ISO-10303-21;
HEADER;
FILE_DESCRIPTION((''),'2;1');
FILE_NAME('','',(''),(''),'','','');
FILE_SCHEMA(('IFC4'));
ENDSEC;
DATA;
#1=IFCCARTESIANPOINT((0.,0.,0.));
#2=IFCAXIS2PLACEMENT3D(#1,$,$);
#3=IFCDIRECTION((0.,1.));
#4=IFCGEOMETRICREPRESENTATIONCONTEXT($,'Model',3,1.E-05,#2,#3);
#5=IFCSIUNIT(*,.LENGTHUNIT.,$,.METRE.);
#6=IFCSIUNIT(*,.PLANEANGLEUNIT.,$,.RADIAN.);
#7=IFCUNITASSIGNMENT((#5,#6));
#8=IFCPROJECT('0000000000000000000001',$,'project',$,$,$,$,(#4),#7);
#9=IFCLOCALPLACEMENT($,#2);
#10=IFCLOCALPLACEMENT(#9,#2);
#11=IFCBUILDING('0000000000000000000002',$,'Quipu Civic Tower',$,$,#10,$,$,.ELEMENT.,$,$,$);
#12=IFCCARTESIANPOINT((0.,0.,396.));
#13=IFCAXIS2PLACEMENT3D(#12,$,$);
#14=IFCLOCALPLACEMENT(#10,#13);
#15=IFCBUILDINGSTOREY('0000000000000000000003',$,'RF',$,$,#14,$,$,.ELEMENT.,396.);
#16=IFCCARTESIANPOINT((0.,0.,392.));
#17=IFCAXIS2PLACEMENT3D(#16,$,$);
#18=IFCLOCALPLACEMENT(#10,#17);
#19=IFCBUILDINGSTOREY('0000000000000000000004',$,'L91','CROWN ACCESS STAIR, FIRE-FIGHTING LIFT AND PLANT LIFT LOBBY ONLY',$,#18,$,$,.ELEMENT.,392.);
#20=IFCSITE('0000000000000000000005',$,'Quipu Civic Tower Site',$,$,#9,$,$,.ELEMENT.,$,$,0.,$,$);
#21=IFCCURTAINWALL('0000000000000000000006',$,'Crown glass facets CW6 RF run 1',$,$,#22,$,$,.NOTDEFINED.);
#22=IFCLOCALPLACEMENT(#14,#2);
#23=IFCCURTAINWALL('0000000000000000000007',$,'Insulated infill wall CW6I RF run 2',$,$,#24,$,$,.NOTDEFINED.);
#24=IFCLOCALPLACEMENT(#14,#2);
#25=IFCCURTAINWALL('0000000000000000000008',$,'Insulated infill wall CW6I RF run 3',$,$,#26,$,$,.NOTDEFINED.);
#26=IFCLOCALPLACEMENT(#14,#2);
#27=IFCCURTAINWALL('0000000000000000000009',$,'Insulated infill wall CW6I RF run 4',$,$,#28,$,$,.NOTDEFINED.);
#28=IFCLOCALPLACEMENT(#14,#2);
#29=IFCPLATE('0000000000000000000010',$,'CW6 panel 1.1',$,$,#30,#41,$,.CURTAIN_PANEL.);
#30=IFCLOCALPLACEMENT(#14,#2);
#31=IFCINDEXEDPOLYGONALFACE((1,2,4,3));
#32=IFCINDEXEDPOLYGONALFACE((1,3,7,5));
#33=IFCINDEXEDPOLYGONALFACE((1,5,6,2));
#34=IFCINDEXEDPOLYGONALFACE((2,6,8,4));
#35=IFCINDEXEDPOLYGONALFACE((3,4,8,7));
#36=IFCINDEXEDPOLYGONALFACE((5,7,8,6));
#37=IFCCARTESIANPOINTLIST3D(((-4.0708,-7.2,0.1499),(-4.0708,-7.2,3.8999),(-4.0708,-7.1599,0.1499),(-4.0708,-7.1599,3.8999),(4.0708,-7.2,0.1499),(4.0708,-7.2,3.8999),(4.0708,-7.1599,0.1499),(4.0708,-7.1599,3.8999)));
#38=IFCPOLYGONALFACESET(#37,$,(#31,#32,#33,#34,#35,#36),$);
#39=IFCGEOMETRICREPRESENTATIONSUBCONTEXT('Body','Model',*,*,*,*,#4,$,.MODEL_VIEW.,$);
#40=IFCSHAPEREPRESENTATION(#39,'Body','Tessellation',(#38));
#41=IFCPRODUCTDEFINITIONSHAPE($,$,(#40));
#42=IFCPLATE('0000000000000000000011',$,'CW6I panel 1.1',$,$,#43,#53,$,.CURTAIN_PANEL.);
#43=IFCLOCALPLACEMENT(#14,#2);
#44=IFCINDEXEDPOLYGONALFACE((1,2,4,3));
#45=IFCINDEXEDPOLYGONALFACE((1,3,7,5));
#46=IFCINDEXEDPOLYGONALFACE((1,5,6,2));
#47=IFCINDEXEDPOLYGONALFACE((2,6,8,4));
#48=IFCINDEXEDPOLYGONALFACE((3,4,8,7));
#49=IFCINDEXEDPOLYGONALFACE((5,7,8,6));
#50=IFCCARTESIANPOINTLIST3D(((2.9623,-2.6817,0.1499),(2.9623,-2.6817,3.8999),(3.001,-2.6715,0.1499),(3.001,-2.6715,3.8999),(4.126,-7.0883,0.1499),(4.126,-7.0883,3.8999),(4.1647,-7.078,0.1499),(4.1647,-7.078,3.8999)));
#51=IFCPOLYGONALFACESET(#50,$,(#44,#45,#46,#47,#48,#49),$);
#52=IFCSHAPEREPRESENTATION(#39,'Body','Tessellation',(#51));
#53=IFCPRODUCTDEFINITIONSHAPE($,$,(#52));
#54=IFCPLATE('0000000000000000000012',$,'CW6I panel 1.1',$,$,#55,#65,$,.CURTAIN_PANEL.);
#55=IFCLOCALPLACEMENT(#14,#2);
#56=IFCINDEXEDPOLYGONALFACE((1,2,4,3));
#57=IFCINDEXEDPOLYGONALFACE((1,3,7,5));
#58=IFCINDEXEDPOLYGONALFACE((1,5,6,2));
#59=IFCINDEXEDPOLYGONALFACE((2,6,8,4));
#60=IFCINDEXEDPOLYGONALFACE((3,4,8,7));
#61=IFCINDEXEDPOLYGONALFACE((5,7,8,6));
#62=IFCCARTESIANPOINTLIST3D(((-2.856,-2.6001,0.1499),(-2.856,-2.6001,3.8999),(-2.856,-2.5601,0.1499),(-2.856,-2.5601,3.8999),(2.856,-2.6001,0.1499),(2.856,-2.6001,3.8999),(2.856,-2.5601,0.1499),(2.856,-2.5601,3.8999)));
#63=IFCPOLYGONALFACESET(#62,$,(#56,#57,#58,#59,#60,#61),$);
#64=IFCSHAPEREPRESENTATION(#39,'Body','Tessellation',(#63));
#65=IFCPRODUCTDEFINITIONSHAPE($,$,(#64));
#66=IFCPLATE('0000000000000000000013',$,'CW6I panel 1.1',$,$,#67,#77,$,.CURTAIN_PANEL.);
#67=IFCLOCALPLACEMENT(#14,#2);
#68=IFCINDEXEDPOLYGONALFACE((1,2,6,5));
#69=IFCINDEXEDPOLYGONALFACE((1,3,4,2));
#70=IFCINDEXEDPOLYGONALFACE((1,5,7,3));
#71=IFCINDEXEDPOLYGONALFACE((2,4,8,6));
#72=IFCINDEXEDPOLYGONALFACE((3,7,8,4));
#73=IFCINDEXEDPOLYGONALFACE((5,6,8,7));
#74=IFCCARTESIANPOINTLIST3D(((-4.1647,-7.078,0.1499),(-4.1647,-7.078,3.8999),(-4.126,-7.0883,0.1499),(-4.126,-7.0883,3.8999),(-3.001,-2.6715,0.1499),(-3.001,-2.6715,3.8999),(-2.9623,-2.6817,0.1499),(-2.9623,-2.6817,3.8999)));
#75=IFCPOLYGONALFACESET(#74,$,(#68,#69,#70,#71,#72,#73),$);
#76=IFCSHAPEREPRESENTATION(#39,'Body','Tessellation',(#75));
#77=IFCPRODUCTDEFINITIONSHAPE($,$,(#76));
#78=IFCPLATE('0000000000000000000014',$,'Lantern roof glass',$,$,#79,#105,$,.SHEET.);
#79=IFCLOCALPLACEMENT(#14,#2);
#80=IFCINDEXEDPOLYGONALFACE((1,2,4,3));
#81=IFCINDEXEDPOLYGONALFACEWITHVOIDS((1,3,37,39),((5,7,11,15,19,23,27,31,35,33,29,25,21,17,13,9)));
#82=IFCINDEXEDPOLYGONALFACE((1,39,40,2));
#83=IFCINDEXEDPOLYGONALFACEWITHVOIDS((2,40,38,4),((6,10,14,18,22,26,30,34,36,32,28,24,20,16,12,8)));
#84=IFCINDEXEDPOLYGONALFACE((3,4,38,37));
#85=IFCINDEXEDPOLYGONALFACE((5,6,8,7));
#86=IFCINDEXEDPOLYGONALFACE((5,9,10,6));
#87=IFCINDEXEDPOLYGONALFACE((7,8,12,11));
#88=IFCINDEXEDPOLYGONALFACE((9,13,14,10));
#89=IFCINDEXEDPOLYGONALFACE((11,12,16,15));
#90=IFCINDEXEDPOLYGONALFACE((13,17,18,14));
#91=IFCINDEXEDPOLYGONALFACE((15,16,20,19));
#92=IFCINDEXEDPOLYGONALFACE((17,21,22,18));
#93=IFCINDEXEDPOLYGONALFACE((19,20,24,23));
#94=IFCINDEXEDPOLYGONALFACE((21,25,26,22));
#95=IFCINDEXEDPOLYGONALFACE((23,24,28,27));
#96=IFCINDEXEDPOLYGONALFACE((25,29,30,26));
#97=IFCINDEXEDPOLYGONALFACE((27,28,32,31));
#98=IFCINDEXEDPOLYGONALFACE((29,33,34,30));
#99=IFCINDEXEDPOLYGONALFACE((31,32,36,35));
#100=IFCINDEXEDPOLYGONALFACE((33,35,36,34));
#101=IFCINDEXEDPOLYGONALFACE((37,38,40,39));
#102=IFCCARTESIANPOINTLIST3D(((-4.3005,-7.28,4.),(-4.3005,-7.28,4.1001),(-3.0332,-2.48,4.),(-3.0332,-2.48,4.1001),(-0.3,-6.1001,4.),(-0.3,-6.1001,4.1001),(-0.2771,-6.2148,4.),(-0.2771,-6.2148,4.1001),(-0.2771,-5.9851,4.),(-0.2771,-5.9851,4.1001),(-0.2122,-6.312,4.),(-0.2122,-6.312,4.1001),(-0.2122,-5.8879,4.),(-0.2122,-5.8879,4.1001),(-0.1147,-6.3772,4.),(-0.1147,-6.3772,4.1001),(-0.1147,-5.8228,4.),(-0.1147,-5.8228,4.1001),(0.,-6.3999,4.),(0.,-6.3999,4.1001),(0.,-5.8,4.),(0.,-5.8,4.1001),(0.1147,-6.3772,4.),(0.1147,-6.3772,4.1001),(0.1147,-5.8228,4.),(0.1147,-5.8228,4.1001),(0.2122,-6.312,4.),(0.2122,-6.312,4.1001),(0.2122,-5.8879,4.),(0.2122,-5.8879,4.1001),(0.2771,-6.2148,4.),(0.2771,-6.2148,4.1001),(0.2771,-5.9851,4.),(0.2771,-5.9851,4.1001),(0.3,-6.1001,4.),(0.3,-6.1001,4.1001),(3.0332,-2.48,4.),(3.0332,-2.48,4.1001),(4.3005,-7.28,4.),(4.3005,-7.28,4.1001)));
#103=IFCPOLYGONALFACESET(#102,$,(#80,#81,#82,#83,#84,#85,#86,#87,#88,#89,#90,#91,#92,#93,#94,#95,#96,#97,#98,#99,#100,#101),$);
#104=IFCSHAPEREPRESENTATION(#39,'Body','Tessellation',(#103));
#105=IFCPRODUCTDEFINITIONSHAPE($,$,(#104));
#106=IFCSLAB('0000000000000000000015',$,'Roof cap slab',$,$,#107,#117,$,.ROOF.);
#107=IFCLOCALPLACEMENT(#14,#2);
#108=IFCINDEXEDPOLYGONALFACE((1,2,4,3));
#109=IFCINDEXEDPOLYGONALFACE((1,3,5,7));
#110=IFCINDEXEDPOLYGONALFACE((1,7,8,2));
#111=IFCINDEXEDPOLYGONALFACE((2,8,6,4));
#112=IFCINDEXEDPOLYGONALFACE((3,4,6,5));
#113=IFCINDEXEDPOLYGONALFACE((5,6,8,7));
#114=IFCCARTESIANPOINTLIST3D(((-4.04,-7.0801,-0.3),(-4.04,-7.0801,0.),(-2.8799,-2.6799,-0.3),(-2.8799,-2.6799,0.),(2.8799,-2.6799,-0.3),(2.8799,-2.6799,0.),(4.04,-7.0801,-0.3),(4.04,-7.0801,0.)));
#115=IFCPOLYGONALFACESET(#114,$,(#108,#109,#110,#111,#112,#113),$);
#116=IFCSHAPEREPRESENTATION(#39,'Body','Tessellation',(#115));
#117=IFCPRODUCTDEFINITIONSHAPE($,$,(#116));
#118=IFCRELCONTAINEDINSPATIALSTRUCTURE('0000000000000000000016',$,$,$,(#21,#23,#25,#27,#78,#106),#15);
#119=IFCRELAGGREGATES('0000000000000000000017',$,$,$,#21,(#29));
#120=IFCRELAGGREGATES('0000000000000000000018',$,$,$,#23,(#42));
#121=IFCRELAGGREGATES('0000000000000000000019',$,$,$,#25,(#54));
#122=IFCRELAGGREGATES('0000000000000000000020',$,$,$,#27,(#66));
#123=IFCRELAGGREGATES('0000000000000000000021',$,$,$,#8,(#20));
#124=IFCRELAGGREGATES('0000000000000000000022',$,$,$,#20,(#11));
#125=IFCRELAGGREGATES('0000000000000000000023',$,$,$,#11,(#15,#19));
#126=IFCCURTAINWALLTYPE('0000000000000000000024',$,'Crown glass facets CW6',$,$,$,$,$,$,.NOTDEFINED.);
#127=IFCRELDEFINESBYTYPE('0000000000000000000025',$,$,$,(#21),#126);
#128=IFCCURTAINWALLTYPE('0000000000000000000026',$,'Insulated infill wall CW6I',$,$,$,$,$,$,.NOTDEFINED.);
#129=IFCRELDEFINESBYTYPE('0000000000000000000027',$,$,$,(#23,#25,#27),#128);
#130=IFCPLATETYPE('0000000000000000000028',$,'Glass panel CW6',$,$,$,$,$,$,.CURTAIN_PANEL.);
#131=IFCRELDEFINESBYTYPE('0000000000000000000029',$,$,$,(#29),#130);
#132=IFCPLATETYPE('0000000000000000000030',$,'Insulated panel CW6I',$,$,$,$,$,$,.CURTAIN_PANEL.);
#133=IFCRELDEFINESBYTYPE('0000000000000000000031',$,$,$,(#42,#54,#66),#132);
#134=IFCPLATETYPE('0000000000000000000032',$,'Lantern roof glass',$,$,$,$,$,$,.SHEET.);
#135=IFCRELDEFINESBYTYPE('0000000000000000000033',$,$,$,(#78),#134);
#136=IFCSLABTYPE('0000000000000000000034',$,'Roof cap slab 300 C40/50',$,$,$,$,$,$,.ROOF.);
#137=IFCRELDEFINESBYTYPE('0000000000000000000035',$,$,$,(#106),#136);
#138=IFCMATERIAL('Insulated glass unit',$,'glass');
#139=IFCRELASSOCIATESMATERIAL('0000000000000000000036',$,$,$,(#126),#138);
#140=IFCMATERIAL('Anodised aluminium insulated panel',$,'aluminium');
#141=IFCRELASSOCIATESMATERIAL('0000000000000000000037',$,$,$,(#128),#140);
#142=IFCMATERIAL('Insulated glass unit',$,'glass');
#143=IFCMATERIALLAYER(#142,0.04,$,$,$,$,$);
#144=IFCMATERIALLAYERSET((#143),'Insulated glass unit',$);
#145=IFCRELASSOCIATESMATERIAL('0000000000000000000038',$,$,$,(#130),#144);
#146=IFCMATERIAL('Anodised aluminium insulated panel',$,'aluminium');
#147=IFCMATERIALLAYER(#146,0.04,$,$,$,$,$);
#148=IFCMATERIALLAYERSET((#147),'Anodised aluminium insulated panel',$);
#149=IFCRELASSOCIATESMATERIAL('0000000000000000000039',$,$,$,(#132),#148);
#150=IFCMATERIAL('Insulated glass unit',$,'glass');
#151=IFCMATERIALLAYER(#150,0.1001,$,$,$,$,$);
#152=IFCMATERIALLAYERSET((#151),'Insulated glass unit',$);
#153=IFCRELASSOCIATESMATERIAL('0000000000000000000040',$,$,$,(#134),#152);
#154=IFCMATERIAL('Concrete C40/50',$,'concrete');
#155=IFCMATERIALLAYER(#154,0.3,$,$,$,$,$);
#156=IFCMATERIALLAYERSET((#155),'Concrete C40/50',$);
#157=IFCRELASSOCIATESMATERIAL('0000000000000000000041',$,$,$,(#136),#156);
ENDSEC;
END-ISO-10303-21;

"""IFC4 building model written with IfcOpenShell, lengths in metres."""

from ifc_helpers import new_model, si_unit, direction, frame, origin, origin_2d, place, context, subcontext, project, spatial, polyline, rectangle, outline, extrude, material, layer, layer_set, type_object, element, aggregate, save


model = new_model("IFC4")

# Units and contexts
model_context = context("Model", 3, precision=1e-05, world=origin(), true_north=direction((0.0, 1.0)))
body_context = subcontext(model_context, "Body", "Model", "MODEL_VIEW")
ifc_project = project(units=[si_unit("LENGTHUNIT", "METRE"), si_unit("PLANEANGLEUNIT", "RADIAN")], contexts=[model_context])

# Site, building, storey
site_placement = place(None, origin())
site = spatial("IfcSite", under=ifc_project, at=site_placement, Name="Quipu Civic Tower Site", CompositionType="ELEMENT", RefElevation=0.0)
building_placement = place(site_placement, origin())
building = spatial("IfcBuilding", under=site, at=building_placement, Name="Quipu Civic Tower", CompositionType="ELEMENT")
storey_1_placement = place(building_placement, frame((0.0, 0.0, 396.0)))
storey_1 = spatial("IfcBuildingStorey", under=building, at=storey_1_placement, Name="RF", CompositionType="ELEMENT", Elevation=396.0)

# Curtain walls
ifc_material_1 = material(Name="Insulated glass unit", Category="glass")
curtain_wall_type_1 = type_object("IfcCurtainWallType", Name="Crown glass facets CW6", PredefinedType="NOTDEFINED", material=ifc_material_1)
curtain_wall_1_placement = place(storey_1_placement, origin())
curtain_wall_1 = element("IfcCurtainWall", 1, at=curtain_wall_1_placement, inside=storey_1, type_object=curtain_wall_type_1, Name="Crown glass facets CW6 RF run 1", PredefinedType="NOTDEFINED")
ifc_material_2 = material(Name="Anodised aluminium insulated panel", Category="aluminium")
curtain_wall_type_2 = type_object("IfcCurtainWallType", Name="Insulated infill wall CW6I", PredefinedType="NOTDEFINED", material=ifc_material_2)
curtain_wall_2_placement = place(storey_1_placement, origin())
curtain_wall_2 = element("IfcCurtainWall", 2, at=curtain_wall_2_placement, inside=storey_1, type_object=curtain_wall_type_2, Name="Insulated infill wall CW6I RF run 2", PredefinedType="NOTDEFINED")
curtain_wall_3_placement = place(storey_1_placement, origin())
curtain_wall_3 = element("IfcCurtainWall", 3, at=curtain_wall_3_placement, inside=storey_1, type_object=curtain_wall_type_2, Name="Insulated infill wall CW6I RF run 3", PredefinedType="NOTDEFINED")
curtain_wall_4_placement = place(storey_1_placement, origin())
curtain_wall_4 = element("IfcCurtainWall", 4, at=curtain_wall_4_placement, inside=storey_1, type_object=curtain_wall_type_2, Name="Insulated infill wall CW6I RF run 4", PredefinedType="NOTDEFINED")

# Shared definitions
storey_2_placement = place(building_placement, frame((0.0, 0.0, 392.0)))
storey_2 = spatial("IfcBuildingStorey", under=building, at=storey_2_placement, Name="L91", Description="CROWN ACCESS STAIR, FIRE-FIGHTING LIFT AND PLANT LIFT LOBBY ONLY", CompositionType="ELEMENT", Elevation=392.0)

# Plates
ifc_material_3 = material(Name="Insulated glass unit", Category="glass")
ifc_layer_1 = layer(ifc_material_3, 0.04)
ifc_layer_set_1 = layer_set([ifc_layer_1], Name="Insulated glass unit")
plate_type_1 = type_object("IfcPlateType", Name="Glass panel CW6", PredefinedType="CURTAIN_PANEL", material=ifc_layer_set_1)
plate_1_placement = place(storey_1_placement, frame((0.0, -7.1799, 0.1499), z_axis=(0.0, 0.0, 1.0), x_axis=(1.0, 0.0, 0.0)))
plate_1 = element("IfcPlate", 5, at=plate_1_placement, type_object=plate_type_1, Name="CW6 panel 1.1", PredefinedType="CURTAIN_PANEL", context=body_context, shape_type="SweptSolid", body=[
    extrude(rectangle(XDim=8.1416, YDim=0.04, at=origin_2d()), origin(), (0.0, 0.0, 1.0), 3.75),
])
aggregate(curtain_wall_1, [plate_1])
ifc_material_4 = material(Name="Anodised aluminium insulated panel", Category="aluminium")
ifc_layer_2 = layer(ifc_material_4, 0.04)
ifc_layer_set_2 = layer_set([ifc_layer_2], Name="Anodised aluminium insulated panel")
plate_type_2 = type_object("IfcPlateType", Name="Insulated panel CW6I", PredefinedType="CURTAIN_PANEL", material=ifc_layer_set_2)
plate_2_placement = place(storey_1_placement, frame((3.5635, -4.8799, 0.1499), z_axis=(0.0, 0.0, 1.0), x_axis=(-0.255333, 0.966853, 0.0)))
plate_2 = element("IfcPlate", 6, at=plate_2_placement, type_object=plate_type_2, Name="CW6I panel 1.1", PredefinedType="CURTAIN_PANEL", context=body_context, shape_type="SweptSolid", body=[
    extrude(rectangle(XDim=4.5576, YDim=0.04, at=origin_2d()), origin(), (0.0, 0.0, 1.0), 3.75),
])
aggregate(curtain_wall_2, [plate_2])
plate_3_placement = place(storey_1_placement, frame((0.0, -2.5801, 0.1499), z_axis=(0.0, 0.0, 1.0), x_axis=(-1.0, 0.0, 0.0)))
plate_3 = element("IfcPlate", 7, at=plate_3_placement, type_object=plate_type_2, Name="CW6I panel 1.1", PredefinedType="CURTAIN_PANEL", context=body_context, shape_type="SweptSolid", body=[
    extrude(rectangle(XDim=5.7119, YDim=0.04, at=origin_2d()), origin(), (0.0, 0.0, 1.0), 3.75),
])
aggregate(curtain_wall_3, [plate_3])
plate_4_placement = place(storey_1_placement, frame((-3.5635, -4.8799, 0.1499), z_axis=(0.0, 0.0, 1.0), x_axis=(-0.255333, -0.966853, 0.0)))
plate_4 = element("IfcPlate", 8, at=plate_4_placement, type_object=plate_type_2, Name="CW6I panel 1.1", PredefinedType="CURTAIN_PANEL", context=body_context, shape_type="SweptSolid", body=[
    extrude(rectangle(XDim=4.5576, YDim=0.04, at=origin_2d()), origin(), (0.0, 0.0, 1.0), 3.75),
])
aggregate(curtain_wall_4, [plate_4])
ifc_material_5 = material(Name="Insulated glass unit", Category="glass")
ifc_layer_3 = layer(ifc_material_5, 0.1001)
ifc_layer_set_3 = layer_set([ifc_layer_3], Name="Insulated glass unit")
plate_type_3 = type_object("IfcPlateType", Name="Lantern roof glass", PredefinedType="SHEET", material=ifc_layer_set_3)
plate_5_placement = place(storey_1_placement, frame((0.0, 0.0, 4.0)))
element("IfcPlate", 9, at=plate_5_placement, inside=storey_1, type_object=plate_type_3, Name="Lantern roof glass", PredefinedType="SHEET", context=body_context, shape_type="SweptSolid", body=[
    extrude(outline(polyline([(-4.3005, -7.28), (-3.0332, -2.48), (3.0332, -2.48), (4.3005, -7.28), (-4.3005, -7.28)]), holes=[polyline([(0.3, -6.1001), (0.2771, -5.9851), (0.2122, -5.8879), (0.1147, -5.8228), (0.0, -5.8), (-0.1147, -5.8228), (-0.2122, -5.8879), (-0.2771, -5.9851), (-0.3, -6.1001), (-0.2771, -6.2148), (-0.2122, -6.312), (-0.1147, -6.3772), (0.0, -6.3999), (0.1147, -6.3772), (0.2122, -6.312), (0.2771, -6.2148), (0.3, -6.1001)])]), origin(), (0.0, 0.0, 1.0), 0.1001),
])

# Slab
ifc_material_6 = material(Name="Concrete C40/50", Category="concrete")
ifc_layer_4 = layer(ifc_material_6, 0.3)
ifc_layer_set_4 = layer_set([ifc_layer_4], Name="Concrete C40/50")
slab_type = type_object("IfcSlabType", Name="Roof cap slab 300 C40/50", PredefinedType="ROOF", material=ifc_layer_set_4)
slab_placement = place(storey_1_placement, frame((0.0, 0.0, -0.3)))
element("IfcSlab", 10, at=slab_placement, inside=storey_1, type_object=slab_type, Name="Roof cap slab", PredefinedType="ROOF", context=body_context, shape_type="SweptSolid", body=[
    extrude(outline(polyline([(-2.8799, -2.6799), (2.8799, -2.6799), (4.04, -7.0801), (-4.04, -7.0801), (-2.8799, -2.6799)])), origin(), (0.0, 0.0, 1.0), 0.3),
])

save(model, "model.ifc")
